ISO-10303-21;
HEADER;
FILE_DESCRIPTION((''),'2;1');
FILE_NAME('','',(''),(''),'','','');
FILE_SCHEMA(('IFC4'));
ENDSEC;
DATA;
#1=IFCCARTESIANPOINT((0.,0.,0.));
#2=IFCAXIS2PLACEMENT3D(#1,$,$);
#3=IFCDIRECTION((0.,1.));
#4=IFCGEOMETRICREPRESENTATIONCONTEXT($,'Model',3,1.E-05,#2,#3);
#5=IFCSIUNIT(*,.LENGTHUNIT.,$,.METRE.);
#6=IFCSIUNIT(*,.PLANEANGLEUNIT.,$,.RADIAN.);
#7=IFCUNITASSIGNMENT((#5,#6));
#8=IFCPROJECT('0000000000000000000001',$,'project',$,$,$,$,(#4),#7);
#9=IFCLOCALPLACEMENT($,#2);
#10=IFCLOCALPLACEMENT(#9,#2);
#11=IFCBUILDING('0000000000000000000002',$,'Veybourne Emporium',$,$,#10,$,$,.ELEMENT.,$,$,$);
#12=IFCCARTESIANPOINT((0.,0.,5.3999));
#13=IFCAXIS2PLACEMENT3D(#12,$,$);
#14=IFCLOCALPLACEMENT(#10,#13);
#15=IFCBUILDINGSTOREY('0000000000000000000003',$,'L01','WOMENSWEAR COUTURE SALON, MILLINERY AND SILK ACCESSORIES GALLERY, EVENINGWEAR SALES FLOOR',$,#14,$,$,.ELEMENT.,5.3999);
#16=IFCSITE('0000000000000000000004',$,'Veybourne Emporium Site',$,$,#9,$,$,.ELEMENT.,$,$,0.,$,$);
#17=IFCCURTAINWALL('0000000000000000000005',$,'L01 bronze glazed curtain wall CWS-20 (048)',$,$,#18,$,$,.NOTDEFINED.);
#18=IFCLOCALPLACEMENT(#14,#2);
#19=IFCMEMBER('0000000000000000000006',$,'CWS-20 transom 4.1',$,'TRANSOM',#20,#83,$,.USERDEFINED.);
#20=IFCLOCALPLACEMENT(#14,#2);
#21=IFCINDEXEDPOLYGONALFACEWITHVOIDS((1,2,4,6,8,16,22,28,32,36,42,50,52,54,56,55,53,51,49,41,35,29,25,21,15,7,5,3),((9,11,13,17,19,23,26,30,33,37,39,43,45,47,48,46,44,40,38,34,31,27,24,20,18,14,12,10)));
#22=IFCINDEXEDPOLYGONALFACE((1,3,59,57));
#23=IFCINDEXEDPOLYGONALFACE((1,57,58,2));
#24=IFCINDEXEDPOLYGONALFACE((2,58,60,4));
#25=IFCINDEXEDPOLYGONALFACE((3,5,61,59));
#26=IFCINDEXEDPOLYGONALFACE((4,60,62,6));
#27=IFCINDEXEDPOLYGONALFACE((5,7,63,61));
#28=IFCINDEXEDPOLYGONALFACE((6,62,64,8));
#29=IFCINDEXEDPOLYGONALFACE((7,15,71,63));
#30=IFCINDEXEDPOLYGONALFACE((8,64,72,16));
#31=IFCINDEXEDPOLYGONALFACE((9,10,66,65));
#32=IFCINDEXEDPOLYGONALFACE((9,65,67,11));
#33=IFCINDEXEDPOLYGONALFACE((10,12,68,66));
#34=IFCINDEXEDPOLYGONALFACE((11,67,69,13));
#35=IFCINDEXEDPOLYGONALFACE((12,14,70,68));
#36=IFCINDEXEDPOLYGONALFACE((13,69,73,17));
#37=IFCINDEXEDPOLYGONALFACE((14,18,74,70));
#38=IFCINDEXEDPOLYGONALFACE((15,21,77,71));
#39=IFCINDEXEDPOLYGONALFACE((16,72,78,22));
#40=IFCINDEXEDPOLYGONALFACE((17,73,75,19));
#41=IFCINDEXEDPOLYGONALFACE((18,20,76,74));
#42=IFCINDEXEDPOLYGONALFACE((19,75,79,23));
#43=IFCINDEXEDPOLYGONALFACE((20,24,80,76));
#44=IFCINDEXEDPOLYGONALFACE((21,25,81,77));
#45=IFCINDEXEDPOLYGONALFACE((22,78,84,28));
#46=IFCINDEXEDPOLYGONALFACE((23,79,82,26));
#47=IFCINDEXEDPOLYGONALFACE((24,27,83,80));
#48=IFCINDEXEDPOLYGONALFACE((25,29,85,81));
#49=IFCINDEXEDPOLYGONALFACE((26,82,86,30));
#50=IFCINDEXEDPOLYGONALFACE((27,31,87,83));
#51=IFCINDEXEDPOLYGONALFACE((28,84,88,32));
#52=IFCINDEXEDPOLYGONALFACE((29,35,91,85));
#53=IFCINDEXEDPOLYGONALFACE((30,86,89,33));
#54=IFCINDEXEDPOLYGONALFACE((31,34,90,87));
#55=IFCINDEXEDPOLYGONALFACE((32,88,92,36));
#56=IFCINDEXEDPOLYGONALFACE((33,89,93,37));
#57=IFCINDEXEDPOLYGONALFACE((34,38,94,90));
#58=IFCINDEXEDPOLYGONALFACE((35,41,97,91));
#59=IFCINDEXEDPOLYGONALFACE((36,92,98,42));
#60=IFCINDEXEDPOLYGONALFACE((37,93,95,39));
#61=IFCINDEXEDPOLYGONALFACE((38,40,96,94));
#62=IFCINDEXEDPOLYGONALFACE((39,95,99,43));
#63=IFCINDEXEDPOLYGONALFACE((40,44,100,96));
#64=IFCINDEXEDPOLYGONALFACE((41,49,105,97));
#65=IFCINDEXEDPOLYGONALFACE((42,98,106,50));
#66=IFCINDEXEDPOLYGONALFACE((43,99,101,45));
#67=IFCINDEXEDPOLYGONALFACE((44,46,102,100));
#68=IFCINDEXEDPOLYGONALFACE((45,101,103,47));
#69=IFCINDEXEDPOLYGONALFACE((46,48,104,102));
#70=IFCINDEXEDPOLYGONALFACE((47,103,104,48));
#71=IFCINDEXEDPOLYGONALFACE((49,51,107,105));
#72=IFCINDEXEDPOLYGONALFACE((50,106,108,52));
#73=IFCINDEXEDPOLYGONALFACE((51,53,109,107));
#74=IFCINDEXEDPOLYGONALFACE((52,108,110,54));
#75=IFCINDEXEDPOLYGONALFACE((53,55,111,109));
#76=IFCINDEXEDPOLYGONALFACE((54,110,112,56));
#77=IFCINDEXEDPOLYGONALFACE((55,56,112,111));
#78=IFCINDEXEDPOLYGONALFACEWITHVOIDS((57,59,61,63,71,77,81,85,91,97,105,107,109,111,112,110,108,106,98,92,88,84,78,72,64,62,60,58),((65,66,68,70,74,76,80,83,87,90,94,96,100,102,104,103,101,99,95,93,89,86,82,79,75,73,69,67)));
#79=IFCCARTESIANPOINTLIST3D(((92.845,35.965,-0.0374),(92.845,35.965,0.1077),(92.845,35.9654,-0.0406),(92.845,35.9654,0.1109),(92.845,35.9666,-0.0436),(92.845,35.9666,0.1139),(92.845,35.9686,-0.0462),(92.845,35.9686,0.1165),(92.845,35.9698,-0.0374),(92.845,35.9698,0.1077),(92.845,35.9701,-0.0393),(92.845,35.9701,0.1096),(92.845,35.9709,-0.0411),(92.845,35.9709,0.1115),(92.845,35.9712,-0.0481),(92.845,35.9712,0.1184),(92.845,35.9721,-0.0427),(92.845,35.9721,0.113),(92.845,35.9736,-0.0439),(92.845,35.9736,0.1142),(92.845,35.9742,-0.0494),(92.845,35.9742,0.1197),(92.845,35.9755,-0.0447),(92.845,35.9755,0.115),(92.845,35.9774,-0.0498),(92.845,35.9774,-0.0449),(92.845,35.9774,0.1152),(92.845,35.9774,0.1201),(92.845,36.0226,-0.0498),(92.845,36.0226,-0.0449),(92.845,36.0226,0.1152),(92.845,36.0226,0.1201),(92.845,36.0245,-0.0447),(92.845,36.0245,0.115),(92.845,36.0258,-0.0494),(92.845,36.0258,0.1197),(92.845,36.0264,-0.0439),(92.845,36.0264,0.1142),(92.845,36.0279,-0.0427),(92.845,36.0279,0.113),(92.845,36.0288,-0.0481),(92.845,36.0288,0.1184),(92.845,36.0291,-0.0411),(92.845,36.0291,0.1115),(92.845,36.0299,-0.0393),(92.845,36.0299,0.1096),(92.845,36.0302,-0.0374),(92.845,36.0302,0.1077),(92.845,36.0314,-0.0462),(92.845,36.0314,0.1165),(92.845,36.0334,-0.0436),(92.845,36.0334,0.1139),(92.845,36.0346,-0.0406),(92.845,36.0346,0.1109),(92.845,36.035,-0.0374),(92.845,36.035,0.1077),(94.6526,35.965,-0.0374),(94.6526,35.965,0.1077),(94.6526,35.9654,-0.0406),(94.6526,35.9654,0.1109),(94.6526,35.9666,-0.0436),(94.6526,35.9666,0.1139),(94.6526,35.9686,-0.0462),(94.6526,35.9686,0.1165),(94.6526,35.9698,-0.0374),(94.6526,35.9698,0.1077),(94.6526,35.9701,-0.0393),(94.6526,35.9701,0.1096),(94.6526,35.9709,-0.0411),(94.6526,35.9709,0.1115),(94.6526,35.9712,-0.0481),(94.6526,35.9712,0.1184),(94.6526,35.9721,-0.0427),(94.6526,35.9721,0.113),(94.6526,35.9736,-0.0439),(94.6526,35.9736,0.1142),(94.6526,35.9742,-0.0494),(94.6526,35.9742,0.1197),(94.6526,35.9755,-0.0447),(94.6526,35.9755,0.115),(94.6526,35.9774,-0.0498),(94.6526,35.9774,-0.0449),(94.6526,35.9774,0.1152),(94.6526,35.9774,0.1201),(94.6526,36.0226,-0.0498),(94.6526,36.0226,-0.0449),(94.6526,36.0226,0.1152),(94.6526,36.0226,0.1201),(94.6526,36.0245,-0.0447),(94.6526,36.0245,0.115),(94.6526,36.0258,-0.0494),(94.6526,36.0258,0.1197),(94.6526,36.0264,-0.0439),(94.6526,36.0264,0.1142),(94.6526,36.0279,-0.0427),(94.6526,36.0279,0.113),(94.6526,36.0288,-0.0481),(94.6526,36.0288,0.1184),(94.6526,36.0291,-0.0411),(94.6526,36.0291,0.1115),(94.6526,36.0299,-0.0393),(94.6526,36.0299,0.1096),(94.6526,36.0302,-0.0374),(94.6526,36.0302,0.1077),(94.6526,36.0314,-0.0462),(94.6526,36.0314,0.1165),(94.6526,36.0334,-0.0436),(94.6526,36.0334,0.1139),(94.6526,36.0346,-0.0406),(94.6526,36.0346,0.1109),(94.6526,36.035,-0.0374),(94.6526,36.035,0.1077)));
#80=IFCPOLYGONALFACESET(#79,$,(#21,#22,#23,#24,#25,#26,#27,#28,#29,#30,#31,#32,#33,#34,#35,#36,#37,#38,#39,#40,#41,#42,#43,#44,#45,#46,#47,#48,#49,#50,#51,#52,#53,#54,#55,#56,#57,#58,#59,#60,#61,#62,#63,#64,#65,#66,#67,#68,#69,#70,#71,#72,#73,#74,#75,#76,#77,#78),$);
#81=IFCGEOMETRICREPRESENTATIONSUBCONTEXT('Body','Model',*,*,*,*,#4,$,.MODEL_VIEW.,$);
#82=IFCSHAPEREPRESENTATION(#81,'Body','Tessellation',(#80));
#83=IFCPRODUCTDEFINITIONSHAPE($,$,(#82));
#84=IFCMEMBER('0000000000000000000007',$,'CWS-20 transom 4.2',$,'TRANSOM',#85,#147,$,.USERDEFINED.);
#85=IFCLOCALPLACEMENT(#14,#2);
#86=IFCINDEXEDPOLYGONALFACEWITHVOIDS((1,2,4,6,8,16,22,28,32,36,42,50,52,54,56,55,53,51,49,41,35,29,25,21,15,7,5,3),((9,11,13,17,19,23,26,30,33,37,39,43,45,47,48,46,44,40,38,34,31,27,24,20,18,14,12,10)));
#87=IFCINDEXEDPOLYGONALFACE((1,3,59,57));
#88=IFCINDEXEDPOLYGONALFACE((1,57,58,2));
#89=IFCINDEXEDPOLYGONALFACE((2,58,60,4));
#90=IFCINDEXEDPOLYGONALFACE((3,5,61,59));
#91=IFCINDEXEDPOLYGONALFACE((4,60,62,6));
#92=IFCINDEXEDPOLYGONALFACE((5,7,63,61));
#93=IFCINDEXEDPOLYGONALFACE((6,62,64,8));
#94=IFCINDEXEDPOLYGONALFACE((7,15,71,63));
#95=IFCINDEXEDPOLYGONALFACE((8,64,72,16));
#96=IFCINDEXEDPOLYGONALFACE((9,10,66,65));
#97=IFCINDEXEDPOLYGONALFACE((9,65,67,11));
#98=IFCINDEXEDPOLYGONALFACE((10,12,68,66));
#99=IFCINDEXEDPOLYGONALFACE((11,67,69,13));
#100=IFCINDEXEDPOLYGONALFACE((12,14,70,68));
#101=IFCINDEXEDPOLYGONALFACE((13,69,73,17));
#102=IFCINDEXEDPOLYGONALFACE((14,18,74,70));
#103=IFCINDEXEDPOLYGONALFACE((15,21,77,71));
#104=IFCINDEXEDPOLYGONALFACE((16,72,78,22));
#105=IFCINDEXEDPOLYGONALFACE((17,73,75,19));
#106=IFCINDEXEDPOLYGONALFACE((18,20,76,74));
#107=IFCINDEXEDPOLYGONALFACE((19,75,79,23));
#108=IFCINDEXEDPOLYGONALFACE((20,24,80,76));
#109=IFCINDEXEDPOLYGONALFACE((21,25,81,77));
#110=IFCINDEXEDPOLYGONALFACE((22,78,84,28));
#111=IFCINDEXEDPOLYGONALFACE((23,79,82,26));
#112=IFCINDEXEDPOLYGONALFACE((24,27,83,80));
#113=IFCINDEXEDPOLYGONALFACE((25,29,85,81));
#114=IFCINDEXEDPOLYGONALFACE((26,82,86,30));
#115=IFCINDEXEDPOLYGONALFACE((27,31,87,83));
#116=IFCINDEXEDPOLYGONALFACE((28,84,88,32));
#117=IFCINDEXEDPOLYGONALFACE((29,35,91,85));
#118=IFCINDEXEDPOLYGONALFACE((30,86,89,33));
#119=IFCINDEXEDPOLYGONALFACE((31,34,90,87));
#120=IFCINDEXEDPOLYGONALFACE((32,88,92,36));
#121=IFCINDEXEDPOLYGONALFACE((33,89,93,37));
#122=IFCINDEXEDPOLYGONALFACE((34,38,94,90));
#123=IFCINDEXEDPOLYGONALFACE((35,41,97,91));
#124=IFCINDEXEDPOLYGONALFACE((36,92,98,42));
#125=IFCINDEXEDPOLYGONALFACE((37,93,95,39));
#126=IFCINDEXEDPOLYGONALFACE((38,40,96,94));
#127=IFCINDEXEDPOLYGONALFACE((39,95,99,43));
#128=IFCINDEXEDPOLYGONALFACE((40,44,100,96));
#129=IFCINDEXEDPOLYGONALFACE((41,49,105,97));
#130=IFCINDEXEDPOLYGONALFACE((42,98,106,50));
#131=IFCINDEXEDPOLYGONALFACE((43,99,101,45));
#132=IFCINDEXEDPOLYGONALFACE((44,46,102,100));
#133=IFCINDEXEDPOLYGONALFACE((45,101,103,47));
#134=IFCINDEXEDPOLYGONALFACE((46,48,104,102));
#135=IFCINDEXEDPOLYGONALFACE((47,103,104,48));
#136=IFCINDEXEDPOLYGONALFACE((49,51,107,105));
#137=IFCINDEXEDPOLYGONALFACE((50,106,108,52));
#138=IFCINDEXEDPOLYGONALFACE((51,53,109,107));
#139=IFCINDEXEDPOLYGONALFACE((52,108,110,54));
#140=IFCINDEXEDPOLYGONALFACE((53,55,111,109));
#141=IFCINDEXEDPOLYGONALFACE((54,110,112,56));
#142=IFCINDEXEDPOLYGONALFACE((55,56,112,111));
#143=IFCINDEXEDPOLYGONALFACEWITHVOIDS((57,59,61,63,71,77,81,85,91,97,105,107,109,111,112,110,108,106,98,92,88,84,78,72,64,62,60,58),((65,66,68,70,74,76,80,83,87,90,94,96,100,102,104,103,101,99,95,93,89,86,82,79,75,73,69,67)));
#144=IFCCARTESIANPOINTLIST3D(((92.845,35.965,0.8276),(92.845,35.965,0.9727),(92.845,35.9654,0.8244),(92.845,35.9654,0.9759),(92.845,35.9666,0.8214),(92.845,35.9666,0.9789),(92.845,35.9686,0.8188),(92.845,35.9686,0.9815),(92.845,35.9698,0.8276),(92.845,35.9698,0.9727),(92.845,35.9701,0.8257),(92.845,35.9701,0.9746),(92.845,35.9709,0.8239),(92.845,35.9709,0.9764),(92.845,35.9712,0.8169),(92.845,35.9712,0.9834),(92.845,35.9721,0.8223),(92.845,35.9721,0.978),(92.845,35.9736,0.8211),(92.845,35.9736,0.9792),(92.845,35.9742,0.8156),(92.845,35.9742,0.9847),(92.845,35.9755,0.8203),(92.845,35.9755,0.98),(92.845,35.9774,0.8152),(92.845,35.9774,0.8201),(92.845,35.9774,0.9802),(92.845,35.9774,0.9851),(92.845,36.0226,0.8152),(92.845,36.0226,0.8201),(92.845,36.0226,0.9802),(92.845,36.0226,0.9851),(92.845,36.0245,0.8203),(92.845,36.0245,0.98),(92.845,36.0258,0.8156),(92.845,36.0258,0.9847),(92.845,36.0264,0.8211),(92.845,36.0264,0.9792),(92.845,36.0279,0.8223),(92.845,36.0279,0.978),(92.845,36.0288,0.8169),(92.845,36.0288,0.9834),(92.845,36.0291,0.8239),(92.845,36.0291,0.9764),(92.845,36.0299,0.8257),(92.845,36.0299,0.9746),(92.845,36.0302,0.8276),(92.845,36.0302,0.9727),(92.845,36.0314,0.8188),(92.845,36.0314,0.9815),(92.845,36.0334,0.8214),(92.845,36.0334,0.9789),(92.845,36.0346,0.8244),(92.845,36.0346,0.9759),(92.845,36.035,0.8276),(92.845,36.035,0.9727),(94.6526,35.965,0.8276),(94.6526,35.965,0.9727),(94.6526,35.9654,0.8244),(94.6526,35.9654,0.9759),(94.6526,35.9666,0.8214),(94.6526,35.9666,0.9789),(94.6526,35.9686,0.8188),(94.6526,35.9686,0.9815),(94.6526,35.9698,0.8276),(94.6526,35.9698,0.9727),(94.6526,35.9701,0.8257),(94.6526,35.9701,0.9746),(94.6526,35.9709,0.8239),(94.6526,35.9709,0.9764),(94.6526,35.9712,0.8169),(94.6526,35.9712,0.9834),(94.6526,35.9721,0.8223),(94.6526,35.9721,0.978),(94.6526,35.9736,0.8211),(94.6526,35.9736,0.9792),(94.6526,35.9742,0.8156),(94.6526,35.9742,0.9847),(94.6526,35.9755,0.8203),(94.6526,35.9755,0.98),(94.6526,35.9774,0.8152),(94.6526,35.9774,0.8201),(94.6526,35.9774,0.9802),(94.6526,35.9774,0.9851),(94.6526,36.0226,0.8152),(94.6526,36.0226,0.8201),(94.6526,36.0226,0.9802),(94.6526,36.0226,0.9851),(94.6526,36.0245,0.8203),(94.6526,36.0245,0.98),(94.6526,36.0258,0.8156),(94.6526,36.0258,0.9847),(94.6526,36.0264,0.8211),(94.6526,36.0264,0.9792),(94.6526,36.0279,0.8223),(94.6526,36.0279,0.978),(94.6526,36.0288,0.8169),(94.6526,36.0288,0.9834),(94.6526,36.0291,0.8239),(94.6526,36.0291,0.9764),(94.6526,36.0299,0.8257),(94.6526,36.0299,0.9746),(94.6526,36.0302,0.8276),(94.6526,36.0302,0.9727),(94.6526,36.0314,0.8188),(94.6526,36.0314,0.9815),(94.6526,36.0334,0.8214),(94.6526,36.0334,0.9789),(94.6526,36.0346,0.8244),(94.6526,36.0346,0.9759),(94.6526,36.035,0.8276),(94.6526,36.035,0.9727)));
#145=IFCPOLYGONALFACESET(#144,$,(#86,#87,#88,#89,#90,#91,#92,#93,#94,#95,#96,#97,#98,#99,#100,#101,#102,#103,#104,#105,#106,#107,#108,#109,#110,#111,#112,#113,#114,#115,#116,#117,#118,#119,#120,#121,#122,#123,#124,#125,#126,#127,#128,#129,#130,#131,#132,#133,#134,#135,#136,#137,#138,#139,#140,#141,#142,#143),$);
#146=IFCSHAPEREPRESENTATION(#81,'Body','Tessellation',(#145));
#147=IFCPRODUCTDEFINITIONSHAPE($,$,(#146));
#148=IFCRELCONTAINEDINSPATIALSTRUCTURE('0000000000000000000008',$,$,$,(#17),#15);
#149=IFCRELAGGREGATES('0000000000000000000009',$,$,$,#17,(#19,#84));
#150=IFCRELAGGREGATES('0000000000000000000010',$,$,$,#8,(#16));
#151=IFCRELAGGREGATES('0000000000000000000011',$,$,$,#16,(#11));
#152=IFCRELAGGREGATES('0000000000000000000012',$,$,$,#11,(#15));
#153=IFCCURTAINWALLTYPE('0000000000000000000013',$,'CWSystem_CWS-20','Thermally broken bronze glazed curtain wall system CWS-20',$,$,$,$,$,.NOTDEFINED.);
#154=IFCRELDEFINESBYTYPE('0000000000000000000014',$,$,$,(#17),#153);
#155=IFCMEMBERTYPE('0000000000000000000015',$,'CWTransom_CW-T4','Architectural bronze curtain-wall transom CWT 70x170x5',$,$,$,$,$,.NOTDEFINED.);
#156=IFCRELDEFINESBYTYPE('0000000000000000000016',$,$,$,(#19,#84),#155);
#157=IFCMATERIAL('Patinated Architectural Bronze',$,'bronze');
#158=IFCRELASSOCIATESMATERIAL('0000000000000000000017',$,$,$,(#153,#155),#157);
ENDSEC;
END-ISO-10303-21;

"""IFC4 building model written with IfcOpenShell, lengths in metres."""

from ifc_helpers import new_model, si_unit, direction, frame, origin, origin_2d, place, context, subcontext, project, spatial, hollow_rectangle, extrude, material, material_profile, profile_set, type_object, element, aggregate, save


model = new_model("IFC4")

# Units and contexts
model_context = context("Model", 3, precision=1e-05, world=origin(), true_north=direction((0.0, 1.0)))
body_context = subcontext(model_context, "Body", "Model", "MODEL_VIEW")
ifc_project = project(units=[si_unit("LENGTHUNIT", "METRE"), si_unit("PLANEANGLEUNIT", "RADIAN")], contexts=[model_context])

# Site, building, storey
site_placement = place(None, origin())
site = spatial("IfcSite", under=ifc_project, at=site_placement, Name="Veybourne Emporium Site", CompositionType="ELEMENT", RefElevation=0.0)
building_placement = place(site_placement, origin())
building = spatial("IfcBuilding", under=site, at=building_placement, Name="Veybourne Emporium", CompositionType="ELEMENT")
storey_placement = place(building_placement, frame((0.0, 0.0, 5.3999)))
storey = spatial("IfcBuildingStorey", under=building, at=storey_placement, Name="L01", Description="WOMENSWEAR COUTURE SALON, MILLINERY AND SILK ACCESSORIES GALLERY, EVENINGWEAR SALES FLOOR", CompositionType="ELEMENT", Elevation=5.3999)

# Curtain wall, members
ifc_material_1 = material(Name="Patinated Architectural Bronze", Category="bronze")
curtain_wall_type = type_object("IfcCurtainWallType", Name="CWSystem_CWS-20", Description="Thermally broken bronze glazed curtain wall system CWS-20", PredefinedType="NOTDEFINED", material=ifc_material_1)
curtain_wall_placement = place(storey_placement, origin())
curtain_wall = element("IfcCurtainWall", 1, at=curtain_wall_placement, inside=storey, type_object=curtain_wall_type, Name="L01 bronze glazed curtain wall CWS-20 (048)", PredefinedType="NOTDEFINED")
ifc_material_profile_1 = material_profile(ifc_material_1, hollow_rectangle(XDim=0.0701, YDim=0.1699, WallThickness=0.0049, InnerFilletRadius=0.0076, OuterFilletRadius=0.0125, at=origin_2d()), Name="CWT 70x170x5")
ifc_profile_set_1 = profile_set([ifc_material_profile_1], Name="Patinated Architectural Bronze")
member_type_1 = type_object("IfcMemberType", Name="CWTransom_CW-T4", Description="Architectural bronze curtain-wall transom CWT 70x170x5", PredefinedType="NOTDEFINED", material=ifc_profile_set_1)
member_1_placement = place(storey_placement, frame((94.6526, 36.0, 0.0352), z_axis=(-1.0, 0.0, 0.0), x_axis=(0.0, -1.0, 0.0)))
member_1 = element("IfcMember", 2, at=member_1_placement, type_object=member_type_1, Name="CWS-20 transom 4.1", ObjectType="TRANSOM", PredefinedType="USERDEFINED", context=body_context, shape_type="SweptSolid", body=[
    extrude(hollow_rectangle(XDim=0.0701, YDim=0.1699, WallThickness=0.0049, InnerFilletRadius=0.0076, OuterFilletRadius=0.0125, at=origin_2d()), origin(), (0.0, 0.0, 1.0), 1.8076),
])
member_2_placement = place(storey_placement, frame((94.6526, 36.0, 0.9001), z_axis=(-1.0, 0.0, 0.0), x_axis=(0.0, -1.0, 0.0)))
member_2 = element("IfcMember", 3, at=member_2_placement, type_object=member_type_1, Name="CWS-20 transom 4.2", ObjectType="TRANSOM", PredefinedType="USERDEFINED", context=body_context, shape_type="SweptSolid", body=[
    extrude(hollow_rectangle(XDim=0.0701, YDim=0.1699, WallThickness=0.0049, InnerFilletRadius=0.0076, OuterFilletRadius=0.0125, at=origin_2d()), origin(), (0.0, 0.0, 1.0), 1.8076),
])

aggregate(curtain_wall, [member_1, member_2])

save(model, "model.ifc")
